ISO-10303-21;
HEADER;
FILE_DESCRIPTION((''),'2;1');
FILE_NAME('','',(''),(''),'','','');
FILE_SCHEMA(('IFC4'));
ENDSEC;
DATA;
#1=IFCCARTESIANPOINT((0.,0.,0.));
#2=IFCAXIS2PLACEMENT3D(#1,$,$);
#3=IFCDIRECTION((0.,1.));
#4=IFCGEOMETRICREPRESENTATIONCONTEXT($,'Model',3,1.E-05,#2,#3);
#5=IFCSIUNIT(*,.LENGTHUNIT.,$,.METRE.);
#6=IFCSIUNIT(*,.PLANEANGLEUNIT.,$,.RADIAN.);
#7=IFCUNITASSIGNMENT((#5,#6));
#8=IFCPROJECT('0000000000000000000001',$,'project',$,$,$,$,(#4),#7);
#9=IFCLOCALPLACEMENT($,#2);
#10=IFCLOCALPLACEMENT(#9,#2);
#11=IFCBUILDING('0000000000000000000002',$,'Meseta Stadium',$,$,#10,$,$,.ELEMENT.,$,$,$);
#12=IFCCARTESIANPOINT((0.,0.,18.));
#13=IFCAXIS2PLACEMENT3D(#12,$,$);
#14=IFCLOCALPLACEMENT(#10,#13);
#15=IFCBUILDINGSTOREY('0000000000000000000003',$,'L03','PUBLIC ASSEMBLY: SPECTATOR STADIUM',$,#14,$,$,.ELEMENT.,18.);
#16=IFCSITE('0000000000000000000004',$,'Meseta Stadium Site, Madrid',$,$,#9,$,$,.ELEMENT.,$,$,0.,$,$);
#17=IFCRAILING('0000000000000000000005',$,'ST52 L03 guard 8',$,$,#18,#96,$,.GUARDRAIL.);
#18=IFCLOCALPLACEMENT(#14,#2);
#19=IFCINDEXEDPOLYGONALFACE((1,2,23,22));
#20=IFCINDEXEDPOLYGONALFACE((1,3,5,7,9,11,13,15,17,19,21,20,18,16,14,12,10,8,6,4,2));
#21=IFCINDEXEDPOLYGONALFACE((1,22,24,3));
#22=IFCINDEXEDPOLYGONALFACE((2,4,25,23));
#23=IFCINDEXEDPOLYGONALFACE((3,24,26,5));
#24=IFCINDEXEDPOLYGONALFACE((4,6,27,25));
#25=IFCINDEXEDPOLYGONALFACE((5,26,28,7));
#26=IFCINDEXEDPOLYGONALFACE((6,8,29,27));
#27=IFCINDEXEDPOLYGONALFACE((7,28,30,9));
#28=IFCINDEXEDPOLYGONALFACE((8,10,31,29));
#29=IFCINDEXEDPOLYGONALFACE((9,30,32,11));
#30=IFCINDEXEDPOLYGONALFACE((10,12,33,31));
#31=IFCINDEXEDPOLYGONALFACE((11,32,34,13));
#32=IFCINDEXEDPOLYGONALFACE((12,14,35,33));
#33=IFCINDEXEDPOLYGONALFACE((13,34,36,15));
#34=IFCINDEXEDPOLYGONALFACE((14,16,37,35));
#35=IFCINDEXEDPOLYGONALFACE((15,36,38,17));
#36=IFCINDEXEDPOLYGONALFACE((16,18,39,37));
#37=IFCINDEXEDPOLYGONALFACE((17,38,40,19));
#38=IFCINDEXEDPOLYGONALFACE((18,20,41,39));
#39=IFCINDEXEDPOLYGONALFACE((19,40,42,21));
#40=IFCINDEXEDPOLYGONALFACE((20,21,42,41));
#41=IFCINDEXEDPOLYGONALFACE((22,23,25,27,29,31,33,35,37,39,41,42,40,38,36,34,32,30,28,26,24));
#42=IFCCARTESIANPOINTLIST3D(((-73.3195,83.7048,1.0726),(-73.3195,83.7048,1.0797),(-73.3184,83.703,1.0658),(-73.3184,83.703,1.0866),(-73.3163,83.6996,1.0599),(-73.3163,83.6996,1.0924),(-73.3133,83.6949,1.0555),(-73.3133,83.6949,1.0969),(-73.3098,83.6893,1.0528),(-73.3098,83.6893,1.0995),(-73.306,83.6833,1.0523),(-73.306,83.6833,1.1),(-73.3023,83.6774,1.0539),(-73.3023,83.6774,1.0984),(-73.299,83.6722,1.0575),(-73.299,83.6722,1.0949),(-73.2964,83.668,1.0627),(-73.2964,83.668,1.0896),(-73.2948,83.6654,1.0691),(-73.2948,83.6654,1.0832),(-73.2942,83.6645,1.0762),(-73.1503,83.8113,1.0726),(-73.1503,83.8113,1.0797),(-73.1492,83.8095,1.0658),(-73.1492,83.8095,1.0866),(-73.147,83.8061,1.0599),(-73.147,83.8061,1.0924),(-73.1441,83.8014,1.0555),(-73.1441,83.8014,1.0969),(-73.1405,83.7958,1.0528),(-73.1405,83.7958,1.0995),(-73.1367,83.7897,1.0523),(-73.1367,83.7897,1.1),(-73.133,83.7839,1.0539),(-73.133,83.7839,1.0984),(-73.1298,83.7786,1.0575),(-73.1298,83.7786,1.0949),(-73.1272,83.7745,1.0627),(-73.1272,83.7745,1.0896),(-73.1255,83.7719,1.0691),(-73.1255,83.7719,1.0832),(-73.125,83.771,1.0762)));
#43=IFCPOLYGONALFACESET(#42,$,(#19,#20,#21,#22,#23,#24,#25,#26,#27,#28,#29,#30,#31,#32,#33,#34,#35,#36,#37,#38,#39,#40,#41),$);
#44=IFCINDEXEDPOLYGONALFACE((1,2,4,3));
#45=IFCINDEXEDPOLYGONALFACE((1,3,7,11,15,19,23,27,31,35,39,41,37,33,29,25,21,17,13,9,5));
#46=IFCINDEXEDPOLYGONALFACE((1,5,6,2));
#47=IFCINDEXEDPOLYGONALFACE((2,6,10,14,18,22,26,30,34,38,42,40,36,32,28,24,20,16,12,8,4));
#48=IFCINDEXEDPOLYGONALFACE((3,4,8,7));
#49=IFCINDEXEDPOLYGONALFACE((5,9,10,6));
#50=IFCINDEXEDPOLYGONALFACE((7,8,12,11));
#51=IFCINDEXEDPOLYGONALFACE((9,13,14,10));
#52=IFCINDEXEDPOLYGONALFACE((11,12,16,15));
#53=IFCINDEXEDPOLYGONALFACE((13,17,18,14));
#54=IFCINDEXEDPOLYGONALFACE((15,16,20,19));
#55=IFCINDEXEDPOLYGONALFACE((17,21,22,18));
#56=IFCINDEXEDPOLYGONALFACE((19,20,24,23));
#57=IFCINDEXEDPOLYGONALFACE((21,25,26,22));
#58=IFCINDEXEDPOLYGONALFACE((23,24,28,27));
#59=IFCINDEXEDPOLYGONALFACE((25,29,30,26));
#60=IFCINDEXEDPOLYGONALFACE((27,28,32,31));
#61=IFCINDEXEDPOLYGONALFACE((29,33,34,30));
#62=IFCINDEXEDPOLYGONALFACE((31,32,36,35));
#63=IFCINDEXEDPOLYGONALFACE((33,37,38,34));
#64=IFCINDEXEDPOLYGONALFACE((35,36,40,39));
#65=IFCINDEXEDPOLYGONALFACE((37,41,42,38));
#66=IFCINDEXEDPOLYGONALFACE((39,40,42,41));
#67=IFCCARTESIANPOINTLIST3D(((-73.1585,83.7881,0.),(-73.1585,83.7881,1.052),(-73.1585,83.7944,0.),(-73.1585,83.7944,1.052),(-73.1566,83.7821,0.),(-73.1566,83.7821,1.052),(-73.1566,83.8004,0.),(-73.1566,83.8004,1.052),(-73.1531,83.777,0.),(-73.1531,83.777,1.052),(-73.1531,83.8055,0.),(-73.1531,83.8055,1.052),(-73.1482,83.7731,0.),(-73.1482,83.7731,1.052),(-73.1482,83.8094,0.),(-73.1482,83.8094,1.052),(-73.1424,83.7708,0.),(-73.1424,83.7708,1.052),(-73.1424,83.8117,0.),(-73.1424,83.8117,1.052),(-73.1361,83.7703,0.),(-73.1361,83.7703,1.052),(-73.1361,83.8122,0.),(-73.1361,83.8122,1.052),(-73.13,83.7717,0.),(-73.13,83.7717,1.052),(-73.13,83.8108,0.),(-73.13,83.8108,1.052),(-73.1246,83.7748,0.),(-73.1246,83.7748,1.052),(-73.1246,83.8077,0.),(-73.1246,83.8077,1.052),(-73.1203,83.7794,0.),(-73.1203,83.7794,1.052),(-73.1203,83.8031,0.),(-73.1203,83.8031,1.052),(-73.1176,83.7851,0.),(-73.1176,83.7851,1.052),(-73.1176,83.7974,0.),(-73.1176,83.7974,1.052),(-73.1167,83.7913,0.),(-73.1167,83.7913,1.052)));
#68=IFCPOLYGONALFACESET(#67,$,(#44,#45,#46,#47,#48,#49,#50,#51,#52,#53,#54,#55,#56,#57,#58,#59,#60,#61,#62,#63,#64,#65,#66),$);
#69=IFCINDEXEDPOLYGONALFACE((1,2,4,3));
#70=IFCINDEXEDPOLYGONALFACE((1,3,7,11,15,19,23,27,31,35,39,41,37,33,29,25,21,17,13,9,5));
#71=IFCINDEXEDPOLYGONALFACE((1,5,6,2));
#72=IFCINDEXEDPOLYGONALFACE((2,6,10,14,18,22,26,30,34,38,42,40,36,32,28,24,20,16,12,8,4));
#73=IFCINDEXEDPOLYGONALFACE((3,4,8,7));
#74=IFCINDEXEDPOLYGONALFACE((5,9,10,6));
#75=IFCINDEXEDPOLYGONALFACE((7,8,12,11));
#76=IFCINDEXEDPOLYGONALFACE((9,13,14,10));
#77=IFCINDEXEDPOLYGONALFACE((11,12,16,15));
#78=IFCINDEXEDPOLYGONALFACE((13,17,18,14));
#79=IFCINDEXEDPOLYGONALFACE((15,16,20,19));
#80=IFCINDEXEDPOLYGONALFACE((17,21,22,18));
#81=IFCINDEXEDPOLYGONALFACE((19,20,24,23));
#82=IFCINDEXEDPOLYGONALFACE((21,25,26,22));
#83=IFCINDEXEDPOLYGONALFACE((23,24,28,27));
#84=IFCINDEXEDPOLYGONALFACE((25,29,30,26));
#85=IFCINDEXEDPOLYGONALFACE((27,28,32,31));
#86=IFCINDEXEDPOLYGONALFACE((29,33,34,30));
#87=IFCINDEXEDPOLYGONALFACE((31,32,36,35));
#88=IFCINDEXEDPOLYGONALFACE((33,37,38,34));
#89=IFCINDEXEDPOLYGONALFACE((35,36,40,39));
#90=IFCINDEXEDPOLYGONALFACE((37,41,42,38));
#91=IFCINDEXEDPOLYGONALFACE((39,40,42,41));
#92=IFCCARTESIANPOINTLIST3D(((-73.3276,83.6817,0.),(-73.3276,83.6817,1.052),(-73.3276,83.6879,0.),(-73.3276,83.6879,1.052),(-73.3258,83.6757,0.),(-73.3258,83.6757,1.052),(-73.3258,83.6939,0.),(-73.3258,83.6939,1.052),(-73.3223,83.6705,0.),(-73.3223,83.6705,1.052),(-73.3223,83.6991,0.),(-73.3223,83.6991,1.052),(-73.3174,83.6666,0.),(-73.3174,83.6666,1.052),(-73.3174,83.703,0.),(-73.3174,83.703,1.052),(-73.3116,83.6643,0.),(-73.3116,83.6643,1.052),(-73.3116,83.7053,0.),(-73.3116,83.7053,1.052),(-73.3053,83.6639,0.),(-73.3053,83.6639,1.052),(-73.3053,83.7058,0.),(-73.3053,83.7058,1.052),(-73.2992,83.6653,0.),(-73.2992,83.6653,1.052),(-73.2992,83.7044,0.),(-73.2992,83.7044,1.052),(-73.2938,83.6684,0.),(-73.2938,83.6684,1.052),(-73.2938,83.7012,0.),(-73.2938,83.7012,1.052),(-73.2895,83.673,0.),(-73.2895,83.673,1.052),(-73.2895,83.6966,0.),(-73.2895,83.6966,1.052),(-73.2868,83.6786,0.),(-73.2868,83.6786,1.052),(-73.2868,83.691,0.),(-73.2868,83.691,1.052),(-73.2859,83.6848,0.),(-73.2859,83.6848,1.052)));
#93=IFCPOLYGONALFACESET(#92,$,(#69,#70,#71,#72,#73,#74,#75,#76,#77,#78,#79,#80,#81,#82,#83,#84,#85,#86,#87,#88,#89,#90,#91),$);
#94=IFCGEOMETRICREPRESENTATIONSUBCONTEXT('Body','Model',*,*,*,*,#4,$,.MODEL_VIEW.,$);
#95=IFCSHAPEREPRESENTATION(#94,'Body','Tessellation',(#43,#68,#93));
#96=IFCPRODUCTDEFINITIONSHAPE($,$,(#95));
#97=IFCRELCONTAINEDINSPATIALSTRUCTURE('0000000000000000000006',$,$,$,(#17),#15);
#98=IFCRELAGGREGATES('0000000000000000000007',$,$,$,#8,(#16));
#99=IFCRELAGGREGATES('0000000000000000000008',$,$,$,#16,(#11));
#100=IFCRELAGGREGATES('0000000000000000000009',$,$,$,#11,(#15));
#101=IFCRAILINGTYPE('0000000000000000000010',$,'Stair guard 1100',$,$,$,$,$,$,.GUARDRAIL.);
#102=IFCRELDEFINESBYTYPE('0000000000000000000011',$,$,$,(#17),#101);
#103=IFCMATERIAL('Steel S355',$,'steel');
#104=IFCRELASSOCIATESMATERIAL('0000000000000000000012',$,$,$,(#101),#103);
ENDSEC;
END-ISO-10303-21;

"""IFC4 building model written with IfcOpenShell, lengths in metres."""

from ifc_helpers import new_model, si_unit, direction, frame, origin, origin_2d, place, context, subcontext, project, spatial, circle, extrude, material, type_object, element, save


model = new_model("IFC4")

# Units and contexts
model_context = context("Model", 3, precision=1e-05, world=origin(), true_north=direction((0.0, 1.0)))
body_context = subcontext(model_context, "Body", "Model", "MODEL_VIEW")
ifc_project = project(units=[si_unit("LENGTHUNIT", "METRE"), si_unit("PLANEANGLEUNIT", "RADIAN")], contexts=[model_context])

# Site, building, storey
site_placement = place(None, origin())
site = spatial("IfcSite", under=ifc_project, at=site_placement, Name="Meseta Stadium Site, Madrid", CompositionType="ELEMENT", RefElevation=0.0)
building_placement = place(site_placement, origin())
building = spatial("IfcBuilding", under=site, at=building_placement, Name="Meseta Stadium", CompositionType="ELEMENT")
storey_placement = place(building_placement, frame((0.0, 0.0, 18.0)))
storey = spatial("IfcBuildingStorey", under=building, at=storey_placement, Name="L03", Description="PUBLIC ASSEMBLY: SPECTATOR STADIUM", CompositionType="ELEMENT", Elevation=18.0)

# Railing
ifc_material_1 = material(Name="Steel S355", Category="steel")
railing_type_1 = type_object("IfcRailingType", Name="Stair guard 1100", PredefinedType="GUARDRAIL", material=ifc_material_1)
railing_1_placement = place(storey_placement, frame((-73.1377, 83.7913, 0.0)))
element("IfcRailing", 1, at=railing_1_placement, inside=storey, type_object=railing_type_1, Name="ST52 L03 guard 8", PredefinedType="GUARDRAIL", context=body_context, shape_type="SweptSolid", body=[
    extrude(circle(Radius=0.0239, at=origin_2d()), frame((0.0, 0.0, 1.0762), z_axis=(-0.846416, -0.532522, 0.0), x_axis=(0.532522, -0.846416, 0.0)), (0.0, 0.0, 1.0), 0.2),
    extrude(circle(Radius=0.021, at=origin_2d()), origin(), (0.0, 0.0, 1.0), 1.052),
    extrude(circle(Radius=0.021, at=origin_2d()), frame((-0.1692, -0.1064, 0.0)), (0.0, 0.0, 1.0), 1.052),
])

save(model, "model.ifc")
